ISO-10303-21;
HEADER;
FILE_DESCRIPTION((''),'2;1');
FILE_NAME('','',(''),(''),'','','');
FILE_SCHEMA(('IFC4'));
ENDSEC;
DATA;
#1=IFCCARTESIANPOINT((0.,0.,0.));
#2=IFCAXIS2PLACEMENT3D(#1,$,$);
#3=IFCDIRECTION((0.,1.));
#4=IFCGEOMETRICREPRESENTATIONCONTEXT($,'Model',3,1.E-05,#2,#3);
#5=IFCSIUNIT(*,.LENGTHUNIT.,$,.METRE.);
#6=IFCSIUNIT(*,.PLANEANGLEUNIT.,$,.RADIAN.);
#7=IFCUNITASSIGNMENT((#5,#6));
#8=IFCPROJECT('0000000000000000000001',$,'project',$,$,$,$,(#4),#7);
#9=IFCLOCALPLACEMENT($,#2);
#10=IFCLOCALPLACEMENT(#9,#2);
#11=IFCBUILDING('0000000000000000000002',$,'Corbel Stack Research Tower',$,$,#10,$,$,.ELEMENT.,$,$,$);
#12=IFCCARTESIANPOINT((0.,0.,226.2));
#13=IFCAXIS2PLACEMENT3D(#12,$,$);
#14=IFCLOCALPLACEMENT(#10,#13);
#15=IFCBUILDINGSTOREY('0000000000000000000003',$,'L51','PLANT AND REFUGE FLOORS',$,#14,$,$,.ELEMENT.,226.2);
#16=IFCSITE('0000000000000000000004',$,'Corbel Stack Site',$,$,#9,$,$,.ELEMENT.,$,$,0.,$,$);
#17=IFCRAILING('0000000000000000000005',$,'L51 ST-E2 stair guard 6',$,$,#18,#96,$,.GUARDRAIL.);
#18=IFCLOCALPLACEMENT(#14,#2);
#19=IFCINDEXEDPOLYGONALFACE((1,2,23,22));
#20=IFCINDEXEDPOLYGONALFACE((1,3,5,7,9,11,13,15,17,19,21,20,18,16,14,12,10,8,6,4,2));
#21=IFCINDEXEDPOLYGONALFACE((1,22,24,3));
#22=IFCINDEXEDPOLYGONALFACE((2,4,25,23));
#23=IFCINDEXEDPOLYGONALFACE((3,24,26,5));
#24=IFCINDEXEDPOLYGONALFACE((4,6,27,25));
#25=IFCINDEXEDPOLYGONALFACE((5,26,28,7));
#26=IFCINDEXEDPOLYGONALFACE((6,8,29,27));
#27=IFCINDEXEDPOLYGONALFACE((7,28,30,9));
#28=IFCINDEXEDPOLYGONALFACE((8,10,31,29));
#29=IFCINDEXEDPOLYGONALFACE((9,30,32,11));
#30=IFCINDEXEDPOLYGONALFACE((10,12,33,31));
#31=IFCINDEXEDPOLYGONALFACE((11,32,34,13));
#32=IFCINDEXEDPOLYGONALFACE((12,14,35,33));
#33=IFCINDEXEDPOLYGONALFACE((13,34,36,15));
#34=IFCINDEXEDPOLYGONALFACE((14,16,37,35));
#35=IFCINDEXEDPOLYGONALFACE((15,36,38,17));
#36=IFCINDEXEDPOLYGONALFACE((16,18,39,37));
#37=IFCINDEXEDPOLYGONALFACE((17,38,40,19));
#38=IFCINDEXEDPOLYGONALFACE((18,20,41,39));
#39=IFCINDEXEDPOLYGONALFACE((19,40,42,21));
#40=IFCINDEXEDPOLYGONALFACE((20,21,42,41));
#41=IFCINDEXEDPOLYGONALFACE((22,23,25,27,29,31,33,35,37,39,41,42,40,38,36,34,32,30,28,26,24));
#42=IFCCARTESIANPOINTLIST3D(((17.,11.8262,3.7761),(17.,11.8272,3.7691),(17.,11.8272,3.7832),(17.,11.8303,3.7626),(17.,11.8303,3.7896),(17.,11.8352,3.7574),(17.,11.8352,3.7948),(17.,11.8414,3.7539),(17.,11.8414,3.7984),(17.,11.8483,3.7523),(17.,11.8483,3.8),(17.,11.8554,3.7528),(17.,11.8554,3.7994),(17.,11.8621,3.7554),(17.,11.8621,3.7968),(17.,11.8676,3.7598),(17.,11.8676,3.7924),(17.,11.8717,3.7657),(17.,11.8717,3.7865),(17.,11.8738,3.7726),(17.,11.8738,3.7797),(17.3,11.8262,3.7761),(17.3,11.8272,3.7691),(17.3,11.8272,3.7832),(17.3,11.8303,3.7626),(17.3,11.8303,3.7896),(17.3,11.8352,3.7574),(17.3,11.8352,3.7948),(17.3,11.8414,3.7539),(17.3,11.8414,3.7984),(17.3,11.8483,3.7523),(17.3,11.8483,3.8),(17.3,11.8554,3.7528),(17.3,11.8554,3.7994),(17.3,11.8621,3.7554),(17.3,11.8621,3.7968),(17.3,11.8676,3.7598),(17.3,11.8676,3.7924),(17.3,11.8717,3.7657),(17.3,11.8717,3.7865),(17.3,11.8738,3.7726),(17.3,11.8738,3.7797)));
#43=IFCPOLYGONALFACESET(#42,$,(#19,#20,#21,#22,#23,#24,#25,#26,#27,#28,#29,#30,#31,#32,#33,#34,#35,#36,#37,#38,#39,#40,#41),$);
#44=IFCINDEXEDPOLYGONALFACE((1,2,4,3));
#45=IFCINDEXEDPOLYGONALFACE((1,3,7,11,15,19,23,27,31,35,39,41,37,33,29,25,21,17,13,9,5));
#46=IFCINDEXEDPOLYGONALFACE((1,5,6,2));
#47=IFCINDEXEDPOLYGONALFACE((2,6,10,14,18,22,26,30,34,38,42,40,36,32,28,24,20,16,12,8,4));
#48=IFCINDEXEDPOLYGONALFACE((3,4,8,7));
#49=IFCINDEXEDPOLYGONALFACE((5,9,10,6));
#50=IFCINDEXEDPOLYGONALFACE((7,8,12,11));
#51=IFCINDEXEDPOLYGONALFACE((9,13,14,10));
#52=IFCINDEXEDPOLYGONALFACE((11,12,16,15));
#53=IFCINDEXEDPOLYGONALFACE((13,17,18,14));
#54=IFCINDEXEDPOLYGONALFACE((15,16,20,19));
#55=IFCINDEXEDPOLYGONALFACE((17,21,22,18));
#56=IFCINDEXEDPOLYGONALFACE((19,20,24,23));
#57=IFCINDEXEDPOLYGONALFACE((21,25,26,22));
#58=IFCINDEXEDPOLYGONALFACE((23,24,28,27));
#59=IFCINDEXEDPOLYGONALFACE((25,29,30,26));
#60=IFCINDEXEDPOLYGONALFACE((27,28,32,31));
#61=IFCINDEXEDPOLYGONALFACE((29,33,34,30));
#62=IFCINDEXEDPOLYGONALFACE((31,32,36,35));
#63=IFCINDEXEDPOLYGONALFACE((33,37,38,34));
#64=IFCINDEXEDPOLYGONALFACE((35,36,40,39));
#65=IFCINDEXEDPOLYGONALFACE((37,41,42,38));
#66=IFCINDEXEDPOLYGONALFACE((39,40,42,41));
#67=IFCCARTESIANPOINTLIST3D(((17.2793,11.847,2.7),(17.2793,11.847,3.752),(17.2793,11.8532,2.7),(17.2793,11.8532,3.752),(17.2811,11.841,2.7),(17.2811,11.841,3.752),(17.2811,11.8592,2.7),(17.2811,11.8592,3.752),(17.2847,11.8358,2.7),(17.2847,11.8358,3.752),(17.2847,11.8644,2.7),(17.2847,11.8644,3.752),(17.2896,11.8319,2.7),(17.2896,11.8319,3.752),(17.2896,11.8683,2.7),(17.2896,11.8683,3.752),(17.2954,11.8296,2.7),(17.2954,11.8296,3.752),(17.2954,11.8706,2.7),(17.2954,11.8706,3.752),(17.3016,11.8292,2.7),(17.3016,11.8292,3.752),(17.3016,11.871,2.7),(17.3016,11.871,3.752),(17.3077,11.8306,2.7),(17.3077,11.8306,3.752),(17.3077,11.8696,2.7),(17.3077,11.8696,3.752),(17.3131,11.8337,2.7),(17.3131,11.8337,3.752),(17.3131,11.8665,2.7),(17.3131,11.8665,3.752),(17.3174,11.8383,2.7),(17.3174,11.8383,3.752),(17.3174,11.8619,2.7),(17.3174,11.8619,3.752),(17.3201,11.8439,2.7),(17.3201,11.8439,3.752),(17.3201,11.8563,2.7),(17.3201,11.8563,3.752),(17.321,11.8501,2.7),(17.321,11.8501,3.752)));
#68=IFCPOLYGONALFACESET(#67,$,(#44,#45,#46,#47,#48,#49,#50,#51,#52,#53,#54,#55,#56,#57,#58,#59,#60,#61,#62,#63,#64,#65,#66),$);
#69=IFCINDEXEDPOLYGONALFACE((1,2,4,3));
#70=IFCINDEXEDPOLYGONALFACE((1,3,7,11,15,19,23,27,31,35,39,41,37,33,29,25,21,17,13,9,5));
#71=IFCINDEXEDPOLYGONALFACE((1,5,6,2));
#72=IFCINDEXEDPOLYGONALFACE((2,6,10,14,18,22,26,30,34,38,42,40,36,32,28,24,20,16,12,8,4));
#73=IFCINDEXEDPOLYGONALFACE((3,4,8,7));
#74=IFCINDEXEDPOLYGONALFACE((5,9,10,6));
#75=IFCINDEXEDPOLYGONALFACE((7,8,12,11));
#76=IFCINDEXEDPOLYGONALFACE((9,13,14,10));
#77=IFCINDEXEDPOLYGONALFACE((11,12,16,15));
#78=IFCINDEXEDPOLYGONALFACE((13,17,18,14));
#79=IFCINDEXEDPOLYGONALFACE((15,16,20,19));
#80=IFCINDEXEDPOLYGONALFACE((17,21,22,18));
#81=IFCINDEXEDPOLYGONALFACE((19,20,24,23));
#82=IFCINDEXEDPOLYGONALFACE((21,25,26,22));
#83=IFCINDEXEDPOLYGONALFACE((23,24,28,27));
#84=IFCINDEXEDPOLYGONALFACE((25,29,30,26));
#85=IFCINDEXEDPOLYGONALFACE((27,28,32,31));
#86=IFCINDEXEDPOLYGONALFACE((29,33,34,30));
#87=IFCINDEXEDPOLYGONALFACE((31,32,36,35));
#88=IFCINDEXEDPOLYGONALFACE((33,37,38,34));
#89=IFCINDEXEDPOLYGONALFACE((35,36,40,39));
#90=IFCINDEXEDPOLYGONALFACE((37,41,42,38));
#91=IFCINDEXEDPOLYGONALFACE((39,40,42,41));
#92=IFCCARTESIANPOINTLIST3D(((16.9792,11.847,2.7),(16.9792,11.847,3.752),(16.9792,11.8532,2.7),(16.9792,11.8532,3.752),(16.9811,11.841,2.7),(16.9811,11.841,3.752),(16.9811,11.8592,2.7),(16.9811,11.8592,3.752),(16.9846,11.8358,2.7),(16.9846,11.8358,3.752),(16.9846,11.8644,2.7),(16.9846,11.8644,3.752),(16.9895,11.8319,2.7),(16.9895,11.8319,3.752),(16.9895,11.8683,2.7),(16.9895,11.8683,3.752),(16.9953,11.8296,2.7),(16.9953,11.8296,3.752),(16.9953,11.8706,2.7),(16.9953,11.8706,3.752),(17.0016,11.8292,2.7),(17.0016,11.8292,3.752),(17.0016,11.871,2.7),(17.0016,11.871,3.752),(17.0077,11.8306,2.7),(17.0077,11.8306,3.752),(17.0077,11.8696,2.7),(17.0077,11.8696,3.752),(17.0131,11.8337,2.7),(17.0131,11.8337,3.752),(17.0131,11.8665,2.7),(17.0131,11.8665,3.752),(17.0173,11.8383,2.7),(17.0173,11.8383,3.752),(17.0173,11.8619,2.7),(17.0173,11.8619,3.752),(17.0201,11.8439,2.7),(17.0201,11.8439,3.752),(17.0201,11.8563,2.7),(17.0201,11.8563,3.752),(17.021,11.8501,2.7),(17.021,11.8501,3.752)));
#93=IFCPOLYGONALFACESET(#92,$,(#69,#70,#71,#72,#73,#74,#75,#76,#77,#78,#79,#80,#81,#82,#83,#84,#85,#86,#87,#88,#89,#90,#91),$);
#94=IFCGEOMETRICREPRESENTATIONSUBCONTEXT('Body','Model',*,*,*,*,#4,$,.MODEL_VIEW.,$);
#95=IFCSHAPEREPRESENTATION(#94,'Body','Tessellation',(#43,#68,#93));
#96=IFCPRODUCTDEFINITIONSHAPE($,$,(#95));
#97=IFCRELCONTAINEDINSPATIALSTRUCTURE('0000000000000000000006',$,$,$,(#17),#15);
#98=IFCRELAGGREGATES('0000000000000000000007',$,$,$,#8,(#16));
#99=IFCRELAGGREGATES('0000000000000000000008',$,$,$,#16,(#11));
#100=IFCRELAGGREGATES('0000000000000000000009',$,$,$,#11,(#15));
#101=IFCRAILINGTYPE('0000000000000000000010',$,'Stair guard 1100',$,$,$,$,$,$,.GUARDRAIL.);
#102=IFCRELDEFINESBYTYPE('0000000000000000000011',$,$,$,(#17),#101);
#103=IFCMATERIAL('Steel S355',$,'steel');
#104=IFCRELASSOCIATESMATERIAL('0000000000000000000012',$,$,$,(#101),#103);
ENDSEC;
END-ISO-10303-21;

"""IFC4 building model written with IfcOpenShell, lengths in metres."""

from ifc_helpers import new_model, si_unit, direction, frame, origin, origin_2d, place, context, subcontext, project, spatial, circle, extrude, material, type_object, element, save


model = new_model("IFC4")

# Units and contexts
model_context = context("Model", 3, precision=1e-05, world=origin(), true_north=direction((0.0, 1.0)))
body_context = subcontext(model_context, "Body", "Model", "MODEL_VIEW")
ifc_project = project(units=[si_unit("LENGTHUNIT", "METRE"), si_unit("PLANEANGLEUNIT", "RADIAN")], contexts=[model_context])

# Site, building, storey
site_placement = place(None, origin())
site = spatial("IfcSite", under=ifc_project, at=site_placement, Name="Corbel Stack Site", CompositionType="ELEMENT", RefElevation=0.0)
building_placement = place(site_placement, origin())
building = spatial("IfcBuilding", under=site, at=building_placement, Name="Corbel Stack Research Tower", CompositionType="ELEMENT")
storey_placement = place(building_placement, frame((0.0, 0.0, 226.2)))
storey = spatial("IfcBuildingStorey", under=building, at=storey_placement, Name="L51", Description="PLANT AND REFUGE FLOORS", CompositionType="ELEMENT", Elevation=226.2)

# Railing
ifc_material_1 = material(Name="Steel S355", Category="steel")
railing_type_1 = type_object("IfcRailingType", Name="Stair guard 1100", PredefinedType="GUARDRAIL", material=ifc_material_1)
for number, where, name in (
    (1, (17.3, 11.8501, 2.7), "L51 ST-E2 stair guard 6"),
):
    element("IfcRailing", number, at=place(storey_placement, frame(where)), inside=storey, type_object=railing_type_1, Name=name, PredefinedType="GUARDRAIL", context=body_context, shape_type="SweptSolid", body=[
        extrude(circle(Radius=0.0239, at=origin_2d()), frame((0.0, 0.0, 1.0762), z_axis=(-1.0, 0.0, 0.0), x_axis=(0.0, -1.0, 0.0)), (0.0, 0.0, 1.0), 0.3),
        extrude(circle(Radius=0.021, at=origin_2d()), origin(), (0.0, 0.0, 1.0), 1.052),
        extrude(circle(Radius=0.021, at=origin_2d()), frame((-0.3, 0.0, 0.0)), (0.0, 0.0, 1.0), 1.052),
    ])

save(model, "model.ifc")
